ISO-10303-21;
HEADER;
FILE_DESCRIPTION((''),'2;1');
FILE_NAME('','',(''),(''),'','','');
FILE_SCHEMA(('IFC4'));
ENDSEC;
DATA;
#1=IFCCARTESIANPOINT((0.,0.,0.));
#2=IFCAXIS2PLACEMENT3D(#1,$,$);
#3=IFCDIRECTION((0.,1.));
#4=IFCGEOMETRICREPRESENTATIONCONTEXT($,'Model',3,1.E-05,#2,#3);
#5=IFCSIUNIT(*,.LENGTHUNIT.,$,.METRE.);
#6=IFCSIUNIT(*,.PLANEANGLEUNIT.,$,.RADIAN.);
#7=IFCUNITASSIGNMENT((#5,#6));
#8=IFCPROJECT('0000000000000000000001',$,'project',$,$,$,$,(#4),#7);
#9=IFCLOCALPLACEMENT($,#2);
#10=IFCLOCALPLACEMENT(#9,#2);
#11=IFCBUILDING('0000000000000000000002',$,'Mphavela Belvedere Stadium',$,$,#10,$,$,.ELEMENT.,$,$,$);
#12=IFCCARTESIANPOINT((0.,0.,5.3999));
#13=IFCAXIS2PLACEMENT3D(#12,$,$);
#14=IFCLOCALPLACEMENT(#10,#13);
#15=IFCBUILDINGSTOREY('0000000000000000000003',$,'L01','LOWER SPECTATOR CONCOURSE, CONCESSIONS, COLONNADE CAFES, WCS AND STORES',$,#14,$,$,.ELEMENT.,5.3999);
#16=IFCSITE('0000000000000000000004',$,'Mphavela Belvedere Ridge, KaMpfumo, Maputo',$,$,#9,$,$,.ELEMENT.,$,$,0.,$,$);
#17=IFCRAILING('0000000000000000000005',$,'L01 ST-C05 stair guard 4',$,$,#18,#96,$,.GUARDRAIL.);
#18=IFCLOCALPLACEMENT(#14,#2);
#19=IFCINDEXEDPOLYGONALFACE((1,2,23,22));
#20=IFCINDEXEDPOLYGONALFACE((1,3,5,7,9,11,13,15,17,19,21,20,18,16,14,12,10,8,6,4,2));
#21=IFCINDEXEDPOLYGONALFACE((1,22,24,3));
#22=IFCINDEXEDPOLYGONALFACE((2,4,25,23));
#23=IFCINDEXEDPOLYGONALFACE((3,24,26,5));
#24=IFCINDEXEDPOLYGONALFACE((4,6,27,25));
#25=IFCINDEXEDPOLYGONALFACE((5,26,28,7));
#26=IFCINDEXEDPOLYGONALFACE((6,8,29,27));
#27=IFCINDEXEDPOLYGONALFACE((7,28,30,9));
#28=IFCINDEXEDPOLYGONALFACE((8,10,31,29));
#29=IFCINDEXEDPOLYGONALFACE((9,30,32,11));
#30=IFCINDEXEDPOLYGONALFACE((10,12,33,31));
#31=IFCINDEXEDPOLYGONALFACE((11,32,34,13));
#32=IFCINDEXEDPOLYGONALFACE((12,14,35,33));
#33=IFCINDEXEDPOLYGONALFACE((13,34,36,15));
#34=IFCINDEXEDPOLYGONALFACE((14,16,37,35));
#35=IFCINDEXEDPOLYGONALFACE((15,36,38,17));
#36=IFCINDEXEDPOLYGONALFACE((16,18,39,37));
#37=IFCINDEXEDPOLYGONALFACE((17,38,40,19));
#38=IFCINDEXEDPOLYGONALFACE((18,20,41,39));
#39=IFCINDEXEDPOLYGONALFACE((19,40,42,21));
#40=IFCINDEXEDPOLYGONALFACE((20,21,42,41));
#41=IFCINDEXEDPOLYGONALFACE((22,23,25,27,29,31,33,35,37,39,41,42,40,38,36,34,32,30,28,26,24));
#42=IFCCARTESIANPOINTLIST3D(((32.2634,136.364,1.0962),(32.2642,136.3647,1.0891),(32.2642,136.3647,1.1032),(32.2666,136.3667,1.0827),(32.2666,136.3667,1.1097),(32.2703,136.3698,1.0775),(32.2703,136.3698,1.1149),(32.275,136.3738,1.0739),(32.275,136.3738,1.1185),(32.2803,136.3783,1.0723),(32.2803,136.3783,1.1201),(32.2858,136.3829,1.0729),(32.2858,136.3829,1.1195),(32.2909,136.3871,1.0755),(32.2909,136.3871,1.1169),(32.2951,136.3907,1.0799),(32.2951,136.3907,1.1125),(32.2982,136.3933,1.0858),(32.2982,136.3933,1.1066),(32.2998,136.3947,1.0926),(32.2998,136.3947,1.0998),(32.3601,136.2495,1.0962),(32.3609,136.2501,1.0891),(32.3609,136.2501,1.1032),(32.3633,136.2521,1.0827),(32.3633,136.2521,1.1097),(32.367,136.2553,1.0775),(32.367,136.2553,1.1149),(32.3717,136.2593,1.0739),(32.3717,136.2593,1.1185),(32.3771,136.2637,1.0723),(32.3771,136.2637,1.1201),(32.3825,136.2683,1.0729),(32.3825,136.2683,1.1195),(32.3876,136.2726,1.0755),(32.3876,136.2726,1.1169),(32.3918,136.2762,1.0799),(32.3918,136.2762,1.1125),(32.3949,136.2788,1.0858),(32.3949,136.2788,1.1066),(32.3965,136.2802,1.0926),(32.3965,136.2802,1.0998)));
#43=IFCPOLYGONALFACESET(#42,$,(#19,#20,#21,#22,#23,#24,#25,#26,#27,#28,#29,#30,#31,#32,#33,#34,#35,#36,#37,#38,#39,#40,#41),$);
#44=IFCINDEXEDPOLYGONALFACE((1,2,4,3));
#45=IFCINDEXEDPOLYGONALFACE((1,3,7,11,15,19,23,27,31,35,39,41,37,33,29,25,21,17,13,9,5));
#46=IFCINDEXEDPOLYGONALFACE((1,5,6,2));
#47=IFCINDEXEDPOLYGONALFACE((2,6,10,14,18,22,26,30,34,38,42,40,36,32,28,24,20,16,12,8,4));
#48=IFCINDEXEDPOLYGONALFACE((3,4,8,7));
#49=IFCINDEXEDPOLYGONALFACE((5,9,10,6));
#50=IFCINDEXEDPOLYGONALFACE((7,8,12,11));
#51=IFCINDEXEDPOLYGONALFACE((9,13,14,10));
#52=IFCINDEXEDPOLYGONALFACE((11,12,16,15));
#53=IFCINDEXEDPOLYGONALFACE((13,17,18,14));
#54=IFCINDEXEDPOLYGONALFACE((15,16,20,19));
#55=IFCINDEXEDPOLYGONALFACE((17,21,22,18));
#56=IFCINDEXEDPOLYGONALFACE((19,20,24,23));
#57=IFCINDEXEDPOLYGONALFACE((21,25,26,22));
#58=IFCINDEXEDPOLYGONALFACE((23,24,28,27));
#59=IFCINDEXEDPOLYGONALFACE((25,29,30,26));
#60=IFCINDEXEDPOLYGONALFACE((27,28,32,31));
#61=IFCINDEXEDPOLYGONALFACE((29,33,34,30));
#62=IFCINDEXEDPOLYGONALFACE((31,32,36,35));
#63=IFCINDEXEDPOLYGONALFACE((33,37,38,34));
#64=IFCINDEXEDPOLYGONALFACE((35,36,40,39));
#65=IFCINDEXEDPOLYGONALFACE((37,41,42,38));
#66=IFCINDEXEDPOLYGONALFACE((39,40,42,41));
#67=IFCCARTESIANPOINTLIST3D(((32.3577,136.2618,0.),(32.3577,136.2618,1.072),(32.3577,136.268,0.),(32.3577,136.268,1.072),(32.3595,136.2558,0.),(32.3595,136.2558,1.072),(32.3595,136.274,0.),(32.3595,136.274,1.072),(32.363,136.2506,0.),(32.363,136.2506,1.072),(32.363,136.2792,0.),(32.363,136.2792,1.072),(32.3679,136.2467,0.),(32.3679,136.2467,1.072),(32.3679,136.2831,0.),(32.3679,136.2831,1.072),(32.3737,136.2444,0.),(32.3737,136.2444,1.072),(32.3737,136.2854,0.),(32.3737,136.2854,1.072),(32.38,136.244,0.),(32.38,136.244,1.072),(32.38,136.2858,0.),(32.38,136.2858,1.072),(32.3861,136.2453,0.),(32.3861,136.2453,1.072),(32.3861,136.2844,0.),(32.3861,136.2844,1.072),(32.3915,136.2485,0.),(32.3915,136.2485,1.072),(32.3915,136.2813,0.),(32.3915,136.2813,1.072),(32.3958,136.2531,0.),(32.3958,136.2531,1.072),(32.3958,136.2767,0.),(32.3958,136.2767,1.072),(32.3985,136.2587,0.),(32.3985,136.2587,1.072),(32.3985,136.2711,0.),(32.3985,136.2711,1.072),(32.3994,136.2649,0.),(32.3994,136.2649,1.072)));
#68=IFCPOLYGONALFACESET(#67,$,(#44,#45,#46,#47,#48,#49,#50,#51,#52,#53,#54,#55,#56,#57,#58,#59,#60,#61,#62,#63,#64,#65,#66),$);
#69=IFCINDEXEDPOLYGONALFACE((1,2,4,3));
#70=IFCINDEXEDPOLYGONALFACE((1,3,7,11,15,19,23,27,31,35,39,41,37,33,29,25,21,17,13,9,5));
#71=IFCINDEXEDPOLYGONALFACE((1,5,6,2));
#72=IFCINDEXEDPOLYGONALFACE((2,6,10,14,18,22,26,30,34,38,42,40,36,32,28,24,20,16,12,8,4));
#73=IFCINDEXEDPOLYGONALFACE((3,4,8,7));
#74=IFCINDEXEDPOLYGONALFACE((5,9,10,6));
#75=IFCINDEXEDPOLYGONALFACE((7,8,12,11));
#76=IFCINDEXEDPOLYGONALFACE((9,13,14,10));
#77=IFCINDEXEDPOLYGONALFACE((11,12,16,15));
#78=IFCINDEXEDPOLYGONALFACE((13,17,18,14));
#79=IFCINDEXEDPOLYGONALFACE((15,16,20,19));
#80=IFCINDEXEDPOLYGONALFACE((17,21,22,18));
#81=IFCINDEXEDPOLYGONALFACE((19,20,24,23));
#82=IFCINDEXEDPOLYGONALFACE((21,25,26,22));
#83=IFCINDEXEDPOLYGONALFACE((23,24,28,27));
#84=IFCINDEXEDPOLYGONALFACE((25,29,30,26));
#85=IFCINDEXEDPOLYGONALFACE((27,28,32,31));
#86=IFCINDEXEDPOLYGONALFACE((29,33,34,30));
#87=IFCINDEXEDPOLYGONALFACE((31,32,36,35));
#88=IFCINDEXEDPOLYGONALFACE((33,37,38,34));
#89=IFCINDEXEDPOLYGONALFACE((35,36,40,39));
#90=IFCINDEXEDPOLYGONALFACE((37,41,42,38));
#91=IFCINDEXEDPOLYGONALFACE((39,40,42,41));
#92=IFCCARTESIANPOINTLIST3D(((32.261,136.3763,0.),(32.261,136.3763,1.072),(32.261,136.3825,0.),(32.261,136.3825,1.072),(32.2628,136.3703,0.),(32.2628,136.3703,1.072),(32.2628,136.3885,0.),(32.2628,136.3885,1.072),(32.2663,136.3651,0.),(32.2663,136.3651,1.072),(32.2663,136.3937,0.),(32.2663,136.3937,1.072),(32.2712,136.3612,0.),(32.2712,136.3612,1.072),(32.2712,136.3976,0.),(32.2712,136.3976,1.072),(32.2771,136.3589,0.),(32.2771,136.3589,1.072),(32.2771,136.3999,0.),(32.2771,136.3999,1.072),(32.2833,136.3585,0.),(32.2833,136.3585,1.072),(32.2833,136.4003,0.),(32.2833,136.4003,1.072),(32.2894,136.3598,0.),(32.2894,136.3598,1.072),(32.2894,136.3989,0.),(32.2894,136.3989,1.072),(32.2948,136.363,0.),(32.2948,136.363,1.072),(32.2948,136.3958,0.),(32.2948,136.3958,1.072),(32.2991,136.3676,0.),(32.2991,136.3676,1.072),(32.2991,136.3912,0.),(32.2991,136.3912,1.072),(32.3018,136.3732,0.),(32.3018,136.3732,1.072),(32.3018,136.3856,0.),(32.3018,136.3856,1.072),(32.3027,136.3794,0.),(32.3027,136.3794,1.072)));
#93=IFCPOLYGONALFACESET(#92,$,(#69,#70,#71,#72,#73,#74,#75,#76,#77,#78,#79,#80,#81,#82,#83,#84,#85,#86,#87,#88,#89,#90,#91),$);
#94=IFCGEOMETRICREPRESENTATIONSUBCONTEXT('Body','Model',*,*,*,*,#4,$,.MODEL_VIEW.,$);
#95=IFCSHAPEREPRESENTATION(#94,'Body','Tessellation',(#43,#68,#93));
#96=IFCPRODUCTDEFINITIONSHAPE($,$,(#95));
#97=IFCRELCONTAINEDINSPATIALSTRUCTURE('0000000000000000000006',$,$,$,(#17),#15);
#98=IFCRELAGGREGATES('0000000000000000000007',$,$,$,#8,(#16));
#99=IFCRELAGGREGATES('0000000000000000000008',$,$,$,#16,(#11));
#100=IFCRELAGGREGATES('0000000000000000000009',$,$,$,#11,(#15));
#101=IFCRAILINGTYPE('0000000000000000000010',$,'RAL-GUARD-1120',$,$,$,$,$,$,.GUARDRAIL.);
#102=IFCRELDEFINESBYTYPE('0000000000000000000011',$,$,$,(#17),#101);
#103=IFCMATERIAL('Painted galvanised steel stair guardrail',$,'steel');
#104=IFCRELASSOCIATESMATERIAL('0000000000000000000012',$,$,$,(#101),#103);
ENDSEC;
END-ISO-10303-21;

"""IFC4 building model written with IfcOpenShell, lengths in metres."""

from ifc_helpers import new_model, si_unit, direction, frame, origin, origin_2d, place, context, subcontext, project, spatial, circle, extrude, material, type_object, element, save


model = new_model("IFC4")

# Units and contexts
model_context = context("Model", 3, precision=1e-05, world=origin(), true_north=direction((0.0, 1.0)))
body_context = subcontext(model_context, "Body", "Model", "MODEL_VIEW")
ifc_project = project(units=[si_unit("LENGTHUNIT", "METRE"), si_unit("PLANEANGLEUNIT", "RADIAN")], contexts=[model_context])

# Site, building, storey
site_placement = place(None, origin())
site = spatial("IfcSite", under=ifc_project, at=site_placement, Name="Mphavela Belvedere Ridge, KaMpfumo, Maputo", CompositionType="ELEMENT", RefElevation=0.0)
building_placement = place(site_placement, origin())
building = spatial("IfcBuilding", under=site, at=building_placement, Name="Mphavela Belvedere Stadium", CompositionType="ELEMENT")
storey_placement = place(building_placement, frame((0.0, 0.0, 5.3999)))
storey = spatial("IfcBuildingStorey", under=building, at=storey_placement, Name="L01", Description="LOWER SPECTATOR CONCOURSE, CONCESSIONS, COLONNADE CAFES, WCS AND STORES", CompositionType="ELEMENT", Elevation=5.3999)

# Railing
ifc_material_1 = material(Name="Painted galvanised steel stair guardrail", Category="steel")
railing_type_1 = type_object("IfcRailingType", Name="RAL-GUARD-1120", PredefinedType="GUARDRAIL", material=ifc_material_1)
railing_1_placement = place(storey_placement, frame((32.3784, 136.2649, 0.0)))
element("IfcRailing", 1, at=railing_1_placement, inside=storey, type_object=railing_type_1, Name="L01 ST-C05 stair guard 4", PredefinedType="GUARDRAIL", context=body_context, shape_type="SweptSolid", body=[
    extrude(circle(Radius=0.0239, at=origin_2d()), frame((0.0, 0.0, 1.0962), z_axis=(-0.645139, 0.764066, 0.0), x_axis=(-0.764066, -0.645139, 0.0)), (0.0, 0.0, 1.0), 0.1499),
    extrude(circle(Radius=0.021, at=origin_2d()), origin(), (0.0, 0.0, 1.0), 1.072),
    extrude(circle(Radius=0.021, at=origin_2d()), frame((-0.0967, 0.1145, 0.0)), (0.0, 0.0, 1.0), 1.072),
])

save(model, "model.ifc")
